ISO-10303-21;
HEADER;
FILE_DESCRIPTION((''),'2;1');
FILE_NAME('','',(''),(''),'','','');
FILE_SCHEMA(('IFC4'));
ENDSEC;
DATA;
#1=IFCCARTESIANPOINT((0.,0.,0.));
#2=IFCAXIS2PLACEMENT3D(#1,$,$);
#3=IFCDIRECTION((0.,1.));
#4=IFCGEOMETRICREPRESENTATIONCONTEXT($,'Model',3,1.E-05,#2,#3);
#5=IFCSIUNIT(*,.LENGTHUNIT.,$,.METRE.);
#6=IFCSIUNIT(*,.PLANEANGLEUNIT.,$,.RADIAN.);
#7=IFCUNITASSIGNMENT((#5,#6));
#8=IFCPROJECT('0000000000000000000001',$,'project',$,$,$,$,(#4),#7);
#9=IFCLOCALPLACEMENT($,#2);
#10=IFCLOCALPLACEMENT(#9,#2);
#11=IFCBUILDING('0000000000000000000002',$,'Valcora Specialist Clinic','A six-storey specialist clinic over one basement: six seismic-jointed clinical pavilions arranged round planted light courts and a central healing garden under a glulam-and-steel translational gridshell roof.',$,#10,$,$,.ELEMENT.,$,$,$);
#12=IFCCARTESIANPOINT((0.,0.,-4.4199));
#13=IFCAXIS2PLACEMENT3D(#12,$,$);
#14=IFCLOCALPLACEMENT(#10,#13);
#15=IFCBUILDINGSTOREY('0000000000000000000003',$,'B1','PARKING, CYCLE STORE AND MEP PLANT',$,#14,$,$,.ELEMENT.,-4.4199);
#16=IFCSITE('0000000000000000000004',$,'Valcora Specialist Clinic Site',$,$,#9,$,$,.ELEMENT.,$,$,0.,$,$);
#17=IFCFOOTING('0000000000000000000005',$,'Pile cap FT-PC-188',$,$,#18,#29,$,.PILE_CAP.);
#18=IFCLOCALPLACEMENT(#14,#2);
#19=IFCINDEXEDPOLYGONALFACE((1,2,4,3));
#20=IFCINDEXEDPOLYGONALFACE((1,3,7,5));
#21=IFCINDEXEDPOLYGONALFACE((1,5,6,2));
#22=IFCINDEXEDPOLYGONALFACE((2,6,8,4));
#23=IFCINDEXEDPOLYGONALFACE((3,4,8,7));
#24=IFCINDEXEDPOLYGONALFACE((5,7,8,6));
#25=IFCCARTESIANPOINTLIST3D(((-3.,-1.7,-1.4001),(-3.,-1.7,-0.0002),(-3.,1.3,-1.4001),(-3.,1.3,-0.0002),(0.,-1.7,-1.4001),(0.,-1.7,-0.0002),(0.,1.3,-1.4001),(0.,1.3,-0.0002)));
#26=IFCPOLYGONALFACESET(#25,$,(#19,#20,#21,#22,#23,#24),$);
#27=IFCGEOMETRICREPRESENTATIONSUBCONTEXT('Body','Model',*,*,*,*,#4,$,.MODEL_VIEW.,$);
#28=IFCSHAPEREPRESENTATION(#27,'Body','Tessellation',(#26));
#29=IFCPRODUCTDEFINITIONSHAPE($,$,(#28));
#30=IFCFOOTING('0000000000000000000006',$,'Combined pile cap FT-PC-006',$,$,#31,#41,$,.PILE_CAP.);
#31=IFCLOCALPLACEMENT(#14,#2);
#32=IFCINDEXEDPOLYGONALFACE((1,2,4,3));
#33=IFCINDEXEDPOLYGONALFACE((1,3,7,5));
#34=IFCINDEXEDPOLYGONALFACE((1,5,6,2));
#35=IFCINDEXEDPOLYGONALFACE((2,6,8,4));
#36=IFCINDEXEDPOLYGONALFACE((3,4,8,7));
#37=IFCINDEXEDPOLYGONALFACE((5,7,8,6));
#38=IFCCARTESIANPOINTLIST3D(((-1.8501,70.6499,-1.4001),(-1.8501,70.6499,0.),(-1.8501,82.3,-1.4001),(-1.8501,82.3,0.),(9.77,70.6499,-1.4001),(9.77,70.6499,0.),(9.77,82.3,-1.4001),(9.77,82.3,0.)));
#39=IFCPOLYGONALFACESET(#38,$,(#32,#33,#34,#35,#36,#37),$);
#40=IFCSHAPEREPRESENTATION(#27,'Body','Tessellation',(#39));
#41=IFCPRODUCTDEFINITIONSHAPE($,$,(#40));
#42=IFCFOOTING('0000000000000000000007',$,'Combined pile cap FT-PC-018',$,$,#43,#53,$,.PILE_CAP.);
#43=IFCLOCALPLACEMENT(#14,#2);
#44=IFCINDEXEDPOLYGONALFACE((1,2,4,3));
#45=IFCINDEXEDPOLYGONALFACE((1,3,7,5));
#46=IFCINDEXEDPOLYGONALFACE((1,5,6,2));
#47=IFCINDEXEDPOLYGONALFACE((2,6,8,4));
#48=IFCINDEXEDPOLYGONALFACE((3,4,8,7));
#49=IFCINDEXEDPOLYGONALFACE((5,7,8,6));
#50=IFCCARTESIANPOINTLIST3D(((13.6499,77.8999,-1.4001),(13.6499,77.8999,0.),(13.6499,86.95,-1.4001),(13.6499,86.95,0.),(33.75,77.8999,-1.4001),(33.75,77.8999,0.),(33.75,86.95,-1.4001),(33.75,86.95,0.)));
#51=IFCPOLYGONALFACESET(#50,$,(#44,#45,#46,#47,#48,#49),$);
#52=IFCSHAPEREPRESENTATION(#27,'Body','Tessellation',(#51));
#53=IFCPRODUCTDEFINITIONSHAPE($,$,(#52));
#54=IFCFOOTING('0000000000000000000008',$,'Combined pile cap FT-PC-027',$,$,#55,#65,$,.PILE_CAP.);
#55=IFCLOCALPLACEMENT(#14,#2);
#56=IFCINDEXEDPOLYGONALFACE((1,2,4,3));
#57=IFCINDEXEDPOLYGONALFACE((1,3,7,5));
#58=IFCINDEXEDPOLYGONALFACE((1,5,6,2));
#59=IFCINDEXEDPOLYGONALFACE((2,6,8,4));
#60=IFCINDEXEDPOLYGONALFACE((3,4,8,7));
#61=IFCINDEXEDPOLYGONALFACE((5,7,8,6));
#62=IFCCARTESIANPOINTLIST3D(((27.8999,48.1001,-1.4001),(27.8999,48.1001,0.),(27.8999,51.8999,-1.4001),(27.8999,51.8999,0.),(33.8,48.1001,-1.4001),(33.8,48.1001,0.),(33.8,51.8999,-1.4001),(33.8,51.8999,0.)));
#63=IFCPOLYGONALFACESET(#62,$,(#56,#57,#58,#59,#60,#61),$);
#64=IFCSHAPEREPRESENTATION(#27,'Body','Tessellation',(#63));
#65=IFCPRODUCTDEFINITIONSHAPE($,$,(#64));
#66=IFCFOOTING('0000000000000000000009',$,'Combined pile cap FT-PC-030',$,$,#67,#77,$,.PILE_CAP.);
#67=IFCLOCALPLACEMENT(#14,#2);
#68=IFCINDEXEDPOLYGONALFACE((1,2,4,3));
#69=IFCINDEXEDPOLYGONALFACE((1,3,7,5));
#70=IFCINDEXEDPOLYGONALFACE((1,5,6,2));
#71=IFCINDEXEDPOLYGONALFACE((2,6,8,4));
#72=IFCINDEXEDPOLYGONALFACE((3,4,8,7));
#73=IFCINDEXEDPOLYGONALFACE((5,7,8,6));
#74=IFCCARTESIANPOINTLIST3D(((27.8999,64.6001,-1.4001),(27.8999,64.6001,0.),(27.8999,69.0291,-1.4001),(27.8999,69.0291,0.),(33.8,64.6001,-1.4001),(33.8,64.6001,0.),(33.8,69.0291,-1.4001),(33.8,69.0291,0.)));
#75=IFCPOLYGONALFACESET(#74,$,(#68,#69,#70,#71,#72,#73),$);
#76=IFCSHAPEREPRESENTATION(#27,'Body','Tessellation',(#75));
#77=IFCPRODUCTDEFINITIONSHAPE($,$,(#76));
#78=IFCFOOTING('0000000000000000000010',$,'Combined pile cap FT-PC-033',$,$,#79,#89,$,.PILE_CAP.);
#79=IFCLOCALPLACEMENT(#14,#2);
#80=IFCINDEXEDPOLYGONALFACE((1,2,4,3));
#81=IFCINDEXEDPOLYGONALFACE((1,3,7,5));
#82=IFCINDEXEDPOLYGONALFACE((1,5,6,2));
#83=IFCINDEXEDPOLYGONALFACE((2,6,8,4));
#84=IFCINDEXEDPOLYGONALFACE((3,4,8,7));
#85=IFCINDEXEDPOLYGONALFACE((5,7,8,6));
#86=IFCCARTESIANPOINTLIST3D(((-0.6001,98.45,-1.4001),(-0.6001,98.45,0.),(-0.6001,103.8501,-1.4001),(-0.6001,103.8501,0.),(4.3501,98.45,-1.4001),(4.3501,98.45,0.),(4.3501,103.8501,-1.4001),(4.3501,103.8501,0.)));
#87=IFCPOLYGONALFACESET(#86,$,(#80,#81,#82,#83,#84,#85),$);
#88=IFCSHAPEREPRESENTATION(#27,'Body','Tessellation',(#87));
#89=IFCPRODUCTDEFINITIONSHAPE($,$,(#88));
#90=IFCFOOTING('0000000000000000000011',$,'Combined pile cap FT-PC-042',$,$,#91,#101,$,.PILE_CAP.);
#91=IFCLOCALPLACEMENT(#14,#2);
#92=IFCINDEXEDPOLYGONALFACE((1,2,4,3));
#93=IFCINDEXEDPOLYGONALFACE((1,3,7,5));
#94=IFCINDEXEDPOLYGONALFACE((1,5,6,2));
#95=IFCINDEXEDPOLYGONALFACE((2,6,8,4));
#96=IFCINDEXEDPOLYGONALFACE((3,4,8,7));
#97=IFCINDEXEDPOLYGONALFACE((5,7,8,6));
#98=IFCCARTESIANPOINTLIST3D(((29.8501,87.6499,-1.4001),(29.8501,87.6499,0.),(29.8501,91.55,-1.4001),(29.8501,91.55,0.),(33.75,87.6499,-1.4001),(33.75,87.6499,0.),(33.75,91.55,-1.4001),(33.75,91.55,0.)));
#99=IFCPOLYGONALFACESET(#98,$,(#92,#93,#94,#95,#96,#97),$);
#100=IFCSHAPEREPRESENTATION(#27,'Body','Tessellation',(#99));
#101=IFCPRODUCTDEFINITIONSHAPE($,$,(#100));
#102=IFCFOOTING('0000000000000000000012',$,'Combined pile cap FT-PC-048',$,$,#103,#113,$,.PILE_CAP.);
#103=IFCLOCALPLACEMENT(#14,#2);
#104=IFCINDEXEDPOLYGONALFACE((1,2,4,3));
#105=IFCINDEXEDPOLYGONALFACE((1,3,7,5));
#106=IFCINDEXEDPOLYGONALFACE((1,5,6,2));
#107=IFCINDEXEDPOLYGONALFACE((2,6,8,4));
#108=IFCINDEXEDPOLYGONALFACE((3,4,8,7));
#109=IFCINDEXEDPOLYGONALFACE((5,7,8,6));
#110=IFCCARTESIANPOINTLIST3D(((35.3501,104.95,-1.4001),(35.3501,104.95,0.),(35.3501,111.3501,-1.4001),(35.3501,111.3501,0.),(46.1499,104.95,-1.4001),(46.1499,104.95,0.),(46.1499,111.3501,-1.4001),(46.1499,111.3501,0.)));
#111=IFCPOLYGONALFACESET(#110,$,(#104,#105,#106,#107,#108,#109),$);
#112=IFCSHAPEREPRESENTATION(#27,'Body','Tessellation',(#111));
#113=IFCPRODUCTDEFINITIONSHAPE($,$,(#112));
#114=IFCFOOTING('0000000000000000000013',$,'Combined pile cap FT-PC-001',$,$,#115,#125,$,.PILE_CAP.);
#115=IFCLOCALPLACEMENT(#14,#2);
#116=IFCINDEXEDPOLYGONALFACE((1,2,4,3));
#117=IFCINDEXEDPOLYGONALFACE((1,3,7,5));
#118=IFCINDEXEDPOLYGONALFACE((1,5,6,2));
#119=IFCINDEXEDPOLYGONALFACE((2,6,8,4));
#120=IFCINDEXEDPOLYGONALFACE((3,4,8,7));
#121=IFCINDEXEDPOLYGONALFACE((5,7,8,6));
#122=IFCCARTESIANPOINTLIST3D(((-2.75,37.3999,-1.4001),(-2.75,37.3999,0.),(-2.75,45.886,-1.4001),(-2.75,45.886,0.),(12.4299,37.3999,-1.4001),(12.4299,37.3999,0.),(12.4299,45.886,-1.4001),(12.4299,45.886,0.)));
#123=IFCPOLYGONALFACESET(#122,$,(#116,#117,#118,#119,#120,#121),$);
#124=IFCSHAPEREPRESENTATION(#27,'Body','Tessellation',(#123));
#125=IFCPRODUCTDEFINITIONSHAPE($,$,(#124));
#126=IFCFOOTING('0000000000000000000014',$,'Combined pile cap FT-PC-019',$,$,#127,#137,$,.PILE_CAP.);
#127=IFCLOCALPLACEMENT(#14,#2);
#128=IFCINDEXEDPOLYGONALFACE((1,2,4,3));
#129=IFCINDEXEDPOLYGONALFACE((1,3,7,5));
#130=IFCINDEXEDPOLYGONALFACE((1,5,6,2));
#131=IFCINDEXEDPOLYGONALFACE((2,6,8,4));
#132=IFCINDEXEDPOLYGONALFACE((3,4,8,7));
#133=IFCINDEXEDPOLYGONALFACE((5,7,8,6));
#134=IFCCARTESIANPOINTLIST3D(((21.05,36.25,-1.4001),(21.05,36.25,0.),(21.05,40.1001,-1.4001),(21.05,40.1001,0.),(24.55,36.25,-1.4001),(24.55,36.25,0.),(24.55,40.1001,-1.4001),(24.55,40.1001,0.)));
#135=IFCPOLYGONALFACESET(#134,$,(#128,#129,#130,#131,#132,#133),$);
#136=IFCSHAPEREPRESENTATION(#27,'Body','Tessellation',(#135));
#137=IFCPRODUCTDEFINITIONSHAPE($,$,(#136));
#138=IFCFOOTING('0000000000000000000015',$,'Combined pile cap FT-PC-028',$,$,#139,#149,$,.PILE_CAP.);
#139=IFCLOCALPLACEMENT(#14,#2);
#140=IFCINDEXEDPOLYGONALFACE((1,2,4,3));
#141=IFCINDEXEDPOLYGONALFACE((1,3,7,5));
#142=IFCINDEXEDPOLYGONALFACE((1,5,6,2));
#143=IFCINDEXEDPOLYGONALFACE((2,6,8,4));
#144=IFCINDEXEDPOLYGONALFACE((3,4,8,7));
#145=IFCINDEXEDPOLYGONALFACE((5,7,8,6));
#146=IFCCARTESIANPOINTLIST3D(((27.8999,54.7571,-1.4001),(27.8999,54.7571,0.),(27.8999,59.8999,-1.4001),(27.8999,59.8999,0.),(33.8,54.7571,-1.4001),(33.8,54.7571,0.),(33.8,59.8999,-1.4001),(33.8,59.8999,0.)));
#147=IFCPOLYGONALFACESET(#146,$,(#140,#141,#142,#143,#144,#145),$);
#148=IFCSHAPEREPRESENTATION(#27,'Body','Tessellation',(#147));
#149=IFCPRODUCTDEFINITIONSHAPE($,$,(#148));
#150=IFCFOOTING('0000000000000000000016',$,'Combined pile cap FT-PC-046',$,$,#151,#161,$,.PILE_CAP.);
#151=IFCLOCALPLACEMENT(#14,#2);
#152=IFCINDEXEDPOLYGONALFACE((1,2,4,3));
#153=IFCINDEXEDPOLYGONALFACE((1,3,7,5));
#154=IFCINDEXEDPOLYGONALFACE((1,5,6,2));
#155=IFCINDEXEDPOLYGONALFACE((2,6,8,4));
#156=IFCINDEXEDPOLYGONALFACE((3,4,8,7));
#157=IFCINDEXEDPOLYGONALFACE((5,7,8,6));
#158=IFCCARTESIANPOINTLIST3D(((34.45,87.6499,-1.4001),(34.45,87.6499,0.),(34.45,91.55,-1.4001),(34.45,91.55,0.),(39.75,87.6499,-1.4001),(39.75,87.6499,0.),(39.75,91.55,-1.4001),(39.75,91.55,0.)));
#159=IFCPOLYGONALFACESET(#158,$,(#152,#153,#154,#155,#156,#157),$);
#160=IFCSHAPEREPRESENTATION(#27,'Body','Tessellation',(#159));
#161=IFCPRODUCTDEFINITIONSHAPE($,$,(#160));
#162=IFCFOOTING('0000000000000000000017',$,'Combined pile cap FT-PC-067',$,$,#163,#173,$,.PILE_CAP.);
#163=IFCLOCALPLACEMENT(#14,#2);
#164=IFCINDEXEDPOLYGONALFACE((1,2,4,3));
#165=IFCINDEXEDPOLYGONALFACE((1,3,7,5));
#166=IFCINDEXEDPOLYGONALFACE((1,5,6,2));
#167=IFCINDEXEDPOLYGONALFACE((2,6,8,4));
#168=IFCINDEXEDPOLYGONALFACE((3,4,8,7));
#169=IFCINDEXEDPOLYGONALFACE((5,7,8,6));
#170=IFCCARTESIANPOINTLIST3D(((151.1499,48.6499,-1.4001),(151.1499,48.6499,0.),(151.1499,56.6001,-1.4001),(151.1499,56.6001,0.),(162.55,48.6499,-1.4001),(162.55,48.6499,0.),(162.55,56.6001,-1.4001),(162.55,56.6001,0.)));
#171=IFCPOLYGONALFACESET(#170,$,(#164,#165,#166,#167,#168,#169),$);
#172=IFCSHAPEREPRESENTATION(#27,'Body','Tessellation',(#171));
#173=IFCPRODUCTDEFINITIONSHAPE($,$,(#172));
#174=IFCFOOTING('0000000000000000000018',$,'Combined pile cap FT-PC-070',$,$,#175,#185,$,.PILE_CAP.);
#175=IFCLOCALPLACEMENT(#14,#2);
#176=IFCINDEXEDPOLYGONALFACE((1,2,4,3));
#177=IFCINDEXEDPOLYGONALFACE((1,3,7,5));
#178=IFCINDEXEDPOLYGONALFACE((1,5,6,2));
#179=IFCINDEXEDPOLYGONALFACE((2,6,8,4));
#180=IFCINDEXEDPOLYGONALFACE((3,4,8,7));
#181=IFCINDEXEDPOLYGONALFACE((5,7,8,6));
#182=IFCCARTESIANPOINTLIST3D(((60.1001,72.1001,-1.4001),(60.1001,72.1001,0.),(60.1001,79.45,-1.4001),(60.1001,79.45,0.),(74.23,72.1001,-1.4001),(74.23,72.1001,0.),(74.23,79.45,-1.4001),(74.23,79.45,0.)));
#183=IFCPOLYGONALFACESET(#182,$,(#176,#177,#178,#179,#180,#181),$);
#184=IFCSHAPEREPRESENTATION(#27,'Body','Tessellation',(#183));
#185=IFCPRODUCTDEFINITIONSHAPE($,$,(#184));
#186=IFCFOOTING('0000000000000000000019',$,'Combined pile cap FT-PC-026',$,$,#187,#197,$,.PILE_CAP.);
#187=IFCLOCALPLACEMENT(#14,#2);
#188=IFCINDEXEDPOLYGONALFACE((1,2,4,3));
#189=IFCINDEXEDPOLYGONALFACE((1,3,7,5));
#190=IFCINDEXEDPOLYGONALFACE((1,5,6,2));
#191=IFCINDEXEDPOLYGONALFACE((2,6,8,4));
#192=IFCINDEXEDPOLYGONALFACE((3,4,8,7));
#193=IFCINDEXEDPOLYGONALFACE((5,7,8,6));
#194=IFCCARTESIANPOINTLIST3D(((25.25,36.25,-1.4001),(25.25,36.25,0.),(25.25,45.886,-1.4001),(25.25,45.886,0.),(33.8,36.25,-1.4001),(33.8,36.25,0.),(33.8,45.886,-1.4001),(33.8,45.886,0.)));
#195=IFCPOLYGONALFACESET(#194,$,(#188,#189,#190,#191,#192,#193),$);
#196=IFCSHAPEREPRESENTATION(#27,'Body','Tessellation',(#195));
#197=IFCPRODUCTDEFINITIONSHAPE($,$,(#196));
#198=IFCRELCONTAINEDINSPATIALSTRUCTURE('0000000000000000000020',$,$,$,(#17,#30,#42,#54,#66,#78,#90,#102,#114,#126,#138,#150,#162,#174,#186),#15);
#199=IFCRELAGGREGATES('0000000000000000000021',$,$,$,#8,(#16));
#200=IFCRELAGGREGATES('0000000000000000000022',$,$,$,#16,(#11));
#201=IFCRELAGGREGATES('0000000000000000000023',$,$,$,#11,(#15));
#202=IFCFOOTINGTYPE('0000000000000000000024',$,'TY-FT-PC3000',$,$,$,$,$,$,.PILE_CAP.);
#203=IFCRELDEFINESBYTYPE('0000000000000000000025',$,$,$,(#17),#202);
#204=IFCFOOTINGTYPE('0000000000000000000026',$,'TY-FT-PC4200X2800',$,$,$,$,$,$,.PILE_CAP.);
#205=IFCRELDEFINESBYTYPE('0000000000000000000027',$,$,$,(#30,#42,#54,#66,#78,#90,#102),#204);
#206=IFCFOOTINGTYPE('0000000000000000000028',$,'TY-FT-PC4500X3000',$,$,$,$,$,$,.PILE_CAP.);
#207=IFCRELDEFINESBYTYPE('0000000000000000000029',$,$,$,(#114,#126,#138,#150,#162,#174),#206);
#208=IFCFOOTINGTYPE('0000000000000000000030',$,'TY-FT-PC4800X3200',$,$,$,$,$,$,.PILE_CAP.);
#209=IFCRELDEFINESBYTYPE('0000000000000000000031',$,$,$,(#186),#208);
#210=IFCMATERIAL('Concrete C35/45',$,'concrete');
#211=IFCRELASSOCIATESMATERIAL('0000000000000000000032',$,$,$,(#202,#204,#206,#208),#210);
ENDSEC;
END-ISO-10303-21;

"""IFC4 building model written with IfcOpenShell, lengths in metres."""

from ifc_helpers import new_model, si_unit, direction, frame, origin, origin_2d, place, context, subcontext, project, spatial, polyline, rectangle, outline, extrude, material, type_object, element, save


model = new_model("IFC4")

# Units and contexts
model_context = context("Model", 3, precision=1e-05, world=origin(), true_north=direction((0.0, 1.0)))
body_context = subcontext(model_context, "Body", "Model", "MODEL_VIEW")
ifc_project = project(units=[si_unit("LENGTHUNIT", "METRE"), si_unit("PLANEANGLEUNIT", "RADIAN")], contexts=[model_context])

# Site, building, storey
site_placement = place(None, origin())
site = spatial("IfcSite", under=ifc_project, at=site_placement, Name="Valcora Specialist Clinic Site", CompositionType="ELEMENT", RefElevation=0.0)
building_placement = place(site_placement, origin())
building = spatial("IfcBuilding", under=site, at=building_placement, Name="Valcora Specialist Clinic", Description="A six-storey specialist clinic over one basement: six seismic-jointed clinical pavilions arranged round planted light courts and a central healing garden under a glulam-and-steel translational gridshell roof.", CompositionType="ELEMENT")
storey_placement = place(building_placement, frame((0.0, 0.0, -4.4199)))
storey = spatial("IfcBuildingStorey", under=building, at=storey_placement, Name="B1", Description="PARKING, CYCLE STORE AND MEP PLANT", CompositionType="ELEMENT", Elevation=-4.4199)

# Footings
ifc_material_1 = material(Name="Concrete C35/45", Category="concrete")
footing_type_1 = type_object("IfcFootingType", Name="TY-FT-PC3000", PredefinedType="PILE_CAP", material=ifc_material_1)
footing_1_placement = place(storey_placement, frame((-1.5, -0.2, -1.4001), z_axis=(0.0, 0.0, 1.0), x_axis=(1.0, 0.0, 0.0)))
element("IfcFooting", 1, at=footing_1_placement, inside=storey, type_object=footing_type_1, Name="Pile cap FT-PC-188", PredefinedType="PILE_CAP", context=body_context, shape_type="SweptSolid", body=[
    extrude(rectangle(XDim=3.0, YDim=3.0, at=origin_2d()), origin(), (0.0, 0.0, 1.0), 1.3999),
])
footing_type_2 = type_object("IfcFootingType", Name="TY-FT-PC4200X2800", PredefinedType="PILE_CAP", material=ifc_material_1)
footing_2_placement = place(storey_placement, frame((0.0, 0.0, -1.4001)))
element("IfcFooting", 2, at=footing_2_placement, inside=storey, type_object=footing_type_2, Name="Combined pile cap FT-PC-006", PredefinedType="PILE_CAP", context=body_context, shape_type="SweptSolid", body=[
    extrude(outline(polyline([(-1.8501, 70.6499), (9.77, 70.6499), (9.77, 82.3), (-1.8501, 82.3), (-1.8501, 70.6499)])), origin(), (0.0, 0.0, 1.0), 1.4001),
])
footing_3_placement = place(storey_placement, frame((0.0, 0.0, -1.4001)))
element("IfcFooting", 3, at=footing_3_placement, inside=storey, type_object=footing_type_2, Name="Combined pile cap FT-PC-018", PredefinedType="PILE_CAP", context=body_context, shape_type="SweptSolid", body=[
    extrude(outline(polyline([(13.6499, 77.8999), (33.75, 77.8999), (33.75, 86.95), (13.6499, 86.95), (13.6499, 77.8999)])), origin(), (0.0, 0.0, 1.0), 1.4001),
])
footing_4_placement = place(storey_placement, frame((0.0, 0.0, -1.4001)))
element("IfcFooting", 4, at=footing_4_placement, inside=storey, type_object=footing_type_2, Name="Combined pile cap FT-PC-027", PredefinedType="PILE_CAP", context=body_context, shape_type="SweptSolid", body=[
    extrude(outline(polyline([(27.8999, 48.1001), (33.8, 48.1001), (33.8, 51.8999), (27.8999, 51.8999), (27.8999, 48.1001)])), origin(), (0.0, 0.0, 1.0), 1.4001),
])
footing_5_placement = place(storey_placement, frame((0.0, 0.0, -1.4001)))
element("IfcFooting", 5, at=footing_5_placement, inside=storey, type_object=footing_type_2, Name="Combined pile cap FT-PC-030", PredefinedType="PILE_CAP", context=body_context, shape_type="SweptSolid", body=[
    extrude(outline(polyline([(27.8999, 64.6001), (33.8, 64.6001), (33.8, 69.0291), (27.8999, 69.0291), (27.8999, 64.6001)])), origin(), (0.0, 0.0, 1.0), 1.4001),
])
footing_6_placement = place(storey_placement, frame((0.0, 0.0, -1.4001)))
element("IfcFooting", 6, at=footing_6_placement, inside=storey, type_object=footing_type_2, Name="Combined pile cap FT-PC-033", PredefinedType="PILE_CAP", context=body_context, shape_type="SweptSolid", body=[
    extrude(outline(polyline([(-0.6001, 98.45), (4.3501, 98.45), (4.3501, 103.8501), (-0.6001, 103.8501), (-0.6001, 98.45)])), origin(), (0.0, 0.0, 1.0), 1.4001),
])
footing_7_placement = place(storey_placement, frame((0.0, 0.0, -1.4001)))
element("IfcFooting", 7, at=footing_7_placement, inside=storey, type_object=footing_type_2, Name="Combined pile cap FT-PC-042", PredefinedType="PILE_CAP", context=body_context, shape_type="SweptSolid", body=[
    extrude(outline(polyline([(29.8501, 87.6499), (33.75, 87.6499), (33.75, 91.55), (29.8501, 91.55), (29.8501, 87.6499)])), origin(), (0.0, 0.0, 1.0), 1.4001),
])
footing_8_placement = place(storey_placement, frame((0.0, 0.0, -1.4001)))
element("IfcFooting", 8, at=footing_8_placement, inside=storey, type_object=footing_type_2, Name="Combined pile cap FT-PC-048", PredefinedType="PILE_CAP", context=body_context, shape_type="SweptSolid", body=[
    extrude(outline(polyline([(35.3501, 104.95), (46.1499, 104.95), (46.1499, 111.3501), (35.3501, 111.3501), (35.3501, 104.95)])), origin(), (0.0, 0.0, 1.0), 1.4001),
])
footing_type_3 = type_object("IfcFootingType", Name="TY-FT-PC4500X3000", PredefinedType="PILE_CAP", material=ifc_material_1)
footing_9_placement = place(storey_placement, frame((0.0, 0.0, -1.4001)))
element("IfcFooting", 9, at=footing_9_placement, inside=storey, type_object=footing_type_3, Name="Combined pile cap FT-PC-001", PredefinedType="PILE_CAP", context=body_context, shape_type="SweptSolid", body=[
    extrude(outline(polyline([(-2.75, 37.3999), (12.4299, 37.3999), (12.4299, 45.886), (-2.75, 45.886), (-2.75, 37.3999)])), origin(), (0.0, 0.0, 1.0), 1.4001),
])
footing_10_placement = place(storey_placement, frame((0.0, 0.0, -1.4001)))
element("IfcFooting", 10, at=footing_10_placement, inside=storey, type_object=footing_type_3, Name="Combined pile cap FT-PC-019", PredefinedType="PILE_CAP", context=body_context, shape_type="SweptSolid", body=[
    extrude(outline(polyline([(21.05, 36.25), (24.55, 36.25), (24.55, 40.1001), (21.05, 40.1001), (21.05, 36.25)])), origin(), (0.0, 0.0, 1.0), 1.4001),
])
footing_11_placement = place(storey_placement, frame((0.0, 0.0, -1.4001)))
element("IfcFooting", 11, at=footing_11_placement, inside=storey, type_object=footing_type_3, Name="Combined pile cap FT-PC-028", PredefinedType="PILE_CAP", context=body_context, shape_type="SweptSolid", body=[
    extrude(outline(polyline([(27.8999, 54.7571), (33.8, 54.7571), (33.8, 59.8999), (27.8999, 59.8999), (27.8999, 54.7571)])), origin(), (0.0, 0.0, 1.0), 1.4001),
])
footing_12_placement = place(storey_placement, frame((0.0, 0.0, -1.4001)))
element("IfcFooting", 12, at=footing_12_placement, inside=storey, type_object=footing_type_3, Name="Combined pile cap FT-PC-046", PredefinedType="PILE_CAP", context=body_context, shape_type="SweptSolid", body=[
    extrude(outline(polyline([(34.45, 87.6499), (39.75, 87.6499), (39.75, 91.55), (34.45, 91.55), (34.45, 87.6499)])), origin(), (0.0, 0.0, 1.0), 1.4001),
])
footing_13_placement = place(storey_placement, frame((0.0, 0.0, -1.4001)))
element("IfcFooting", 13, at=footing_13_placement, inside=storey, type_object=footing_type_3, Name="Combined pile cap FT-PC-067", PredefinedType="PILE_CAP", context=body_context, shape_type="SweptSolid", body=[
    extrude(outline(polyline([(151.1499, 48.6499), (162.55, 48.6499), (162.55, 56.6001), (151.1499, 56.6001), (151.1499, 48.6499)])), origin(), (0.0, 0.0, 1.0), 1.4001),
])
footing_14_placement = place(storey_placement, frame((0.0, 0.0, -1.4001)))
element("IfcFooting", 14, at=footing_14_placement, inside=storey, type_object=footing_type_3, Name="Combined pile cap FT-PC-070", PredefinedType="PILE_CAP", context=body_context, shape_type="SweptSolid", body=[
    extrude(outline(polyline([(60.1001, 72.1001), (74.23, 72.1001), (74.23, 79.45), (60.1001, 79.45), (60.1001, 72.1001)])), origin(), (0.0, 0.0, 1.0), 1.4001),
])
footing_type_4 = type_object("IfcFootingType", Name="TY-FT-PC4800X3200", PredefinedType="PILE_CAP", material=ifc_material_1)
footing_15_placement = place(storey_placement, frame((0.0, 0.0, -1.4001)))
element("IfcFooting", 15, at=footing_15_placement, inside=storey, type_object=footing_type_4, Name="Combined pile cap FT-PC-026", PredefinedType="PILE_CAP", context=body_context, shape_type="SweptSolid", body=[
    extrude(outline(polyline([(25.25, 36.25), (33.8, 36.25), (33.8, 45.886), (25.25, 45.886), (25.25, 36.25)])), origin(), (0.0, 0.0, 1.0), 1.4001),
])

save(model, "model.ifc")
